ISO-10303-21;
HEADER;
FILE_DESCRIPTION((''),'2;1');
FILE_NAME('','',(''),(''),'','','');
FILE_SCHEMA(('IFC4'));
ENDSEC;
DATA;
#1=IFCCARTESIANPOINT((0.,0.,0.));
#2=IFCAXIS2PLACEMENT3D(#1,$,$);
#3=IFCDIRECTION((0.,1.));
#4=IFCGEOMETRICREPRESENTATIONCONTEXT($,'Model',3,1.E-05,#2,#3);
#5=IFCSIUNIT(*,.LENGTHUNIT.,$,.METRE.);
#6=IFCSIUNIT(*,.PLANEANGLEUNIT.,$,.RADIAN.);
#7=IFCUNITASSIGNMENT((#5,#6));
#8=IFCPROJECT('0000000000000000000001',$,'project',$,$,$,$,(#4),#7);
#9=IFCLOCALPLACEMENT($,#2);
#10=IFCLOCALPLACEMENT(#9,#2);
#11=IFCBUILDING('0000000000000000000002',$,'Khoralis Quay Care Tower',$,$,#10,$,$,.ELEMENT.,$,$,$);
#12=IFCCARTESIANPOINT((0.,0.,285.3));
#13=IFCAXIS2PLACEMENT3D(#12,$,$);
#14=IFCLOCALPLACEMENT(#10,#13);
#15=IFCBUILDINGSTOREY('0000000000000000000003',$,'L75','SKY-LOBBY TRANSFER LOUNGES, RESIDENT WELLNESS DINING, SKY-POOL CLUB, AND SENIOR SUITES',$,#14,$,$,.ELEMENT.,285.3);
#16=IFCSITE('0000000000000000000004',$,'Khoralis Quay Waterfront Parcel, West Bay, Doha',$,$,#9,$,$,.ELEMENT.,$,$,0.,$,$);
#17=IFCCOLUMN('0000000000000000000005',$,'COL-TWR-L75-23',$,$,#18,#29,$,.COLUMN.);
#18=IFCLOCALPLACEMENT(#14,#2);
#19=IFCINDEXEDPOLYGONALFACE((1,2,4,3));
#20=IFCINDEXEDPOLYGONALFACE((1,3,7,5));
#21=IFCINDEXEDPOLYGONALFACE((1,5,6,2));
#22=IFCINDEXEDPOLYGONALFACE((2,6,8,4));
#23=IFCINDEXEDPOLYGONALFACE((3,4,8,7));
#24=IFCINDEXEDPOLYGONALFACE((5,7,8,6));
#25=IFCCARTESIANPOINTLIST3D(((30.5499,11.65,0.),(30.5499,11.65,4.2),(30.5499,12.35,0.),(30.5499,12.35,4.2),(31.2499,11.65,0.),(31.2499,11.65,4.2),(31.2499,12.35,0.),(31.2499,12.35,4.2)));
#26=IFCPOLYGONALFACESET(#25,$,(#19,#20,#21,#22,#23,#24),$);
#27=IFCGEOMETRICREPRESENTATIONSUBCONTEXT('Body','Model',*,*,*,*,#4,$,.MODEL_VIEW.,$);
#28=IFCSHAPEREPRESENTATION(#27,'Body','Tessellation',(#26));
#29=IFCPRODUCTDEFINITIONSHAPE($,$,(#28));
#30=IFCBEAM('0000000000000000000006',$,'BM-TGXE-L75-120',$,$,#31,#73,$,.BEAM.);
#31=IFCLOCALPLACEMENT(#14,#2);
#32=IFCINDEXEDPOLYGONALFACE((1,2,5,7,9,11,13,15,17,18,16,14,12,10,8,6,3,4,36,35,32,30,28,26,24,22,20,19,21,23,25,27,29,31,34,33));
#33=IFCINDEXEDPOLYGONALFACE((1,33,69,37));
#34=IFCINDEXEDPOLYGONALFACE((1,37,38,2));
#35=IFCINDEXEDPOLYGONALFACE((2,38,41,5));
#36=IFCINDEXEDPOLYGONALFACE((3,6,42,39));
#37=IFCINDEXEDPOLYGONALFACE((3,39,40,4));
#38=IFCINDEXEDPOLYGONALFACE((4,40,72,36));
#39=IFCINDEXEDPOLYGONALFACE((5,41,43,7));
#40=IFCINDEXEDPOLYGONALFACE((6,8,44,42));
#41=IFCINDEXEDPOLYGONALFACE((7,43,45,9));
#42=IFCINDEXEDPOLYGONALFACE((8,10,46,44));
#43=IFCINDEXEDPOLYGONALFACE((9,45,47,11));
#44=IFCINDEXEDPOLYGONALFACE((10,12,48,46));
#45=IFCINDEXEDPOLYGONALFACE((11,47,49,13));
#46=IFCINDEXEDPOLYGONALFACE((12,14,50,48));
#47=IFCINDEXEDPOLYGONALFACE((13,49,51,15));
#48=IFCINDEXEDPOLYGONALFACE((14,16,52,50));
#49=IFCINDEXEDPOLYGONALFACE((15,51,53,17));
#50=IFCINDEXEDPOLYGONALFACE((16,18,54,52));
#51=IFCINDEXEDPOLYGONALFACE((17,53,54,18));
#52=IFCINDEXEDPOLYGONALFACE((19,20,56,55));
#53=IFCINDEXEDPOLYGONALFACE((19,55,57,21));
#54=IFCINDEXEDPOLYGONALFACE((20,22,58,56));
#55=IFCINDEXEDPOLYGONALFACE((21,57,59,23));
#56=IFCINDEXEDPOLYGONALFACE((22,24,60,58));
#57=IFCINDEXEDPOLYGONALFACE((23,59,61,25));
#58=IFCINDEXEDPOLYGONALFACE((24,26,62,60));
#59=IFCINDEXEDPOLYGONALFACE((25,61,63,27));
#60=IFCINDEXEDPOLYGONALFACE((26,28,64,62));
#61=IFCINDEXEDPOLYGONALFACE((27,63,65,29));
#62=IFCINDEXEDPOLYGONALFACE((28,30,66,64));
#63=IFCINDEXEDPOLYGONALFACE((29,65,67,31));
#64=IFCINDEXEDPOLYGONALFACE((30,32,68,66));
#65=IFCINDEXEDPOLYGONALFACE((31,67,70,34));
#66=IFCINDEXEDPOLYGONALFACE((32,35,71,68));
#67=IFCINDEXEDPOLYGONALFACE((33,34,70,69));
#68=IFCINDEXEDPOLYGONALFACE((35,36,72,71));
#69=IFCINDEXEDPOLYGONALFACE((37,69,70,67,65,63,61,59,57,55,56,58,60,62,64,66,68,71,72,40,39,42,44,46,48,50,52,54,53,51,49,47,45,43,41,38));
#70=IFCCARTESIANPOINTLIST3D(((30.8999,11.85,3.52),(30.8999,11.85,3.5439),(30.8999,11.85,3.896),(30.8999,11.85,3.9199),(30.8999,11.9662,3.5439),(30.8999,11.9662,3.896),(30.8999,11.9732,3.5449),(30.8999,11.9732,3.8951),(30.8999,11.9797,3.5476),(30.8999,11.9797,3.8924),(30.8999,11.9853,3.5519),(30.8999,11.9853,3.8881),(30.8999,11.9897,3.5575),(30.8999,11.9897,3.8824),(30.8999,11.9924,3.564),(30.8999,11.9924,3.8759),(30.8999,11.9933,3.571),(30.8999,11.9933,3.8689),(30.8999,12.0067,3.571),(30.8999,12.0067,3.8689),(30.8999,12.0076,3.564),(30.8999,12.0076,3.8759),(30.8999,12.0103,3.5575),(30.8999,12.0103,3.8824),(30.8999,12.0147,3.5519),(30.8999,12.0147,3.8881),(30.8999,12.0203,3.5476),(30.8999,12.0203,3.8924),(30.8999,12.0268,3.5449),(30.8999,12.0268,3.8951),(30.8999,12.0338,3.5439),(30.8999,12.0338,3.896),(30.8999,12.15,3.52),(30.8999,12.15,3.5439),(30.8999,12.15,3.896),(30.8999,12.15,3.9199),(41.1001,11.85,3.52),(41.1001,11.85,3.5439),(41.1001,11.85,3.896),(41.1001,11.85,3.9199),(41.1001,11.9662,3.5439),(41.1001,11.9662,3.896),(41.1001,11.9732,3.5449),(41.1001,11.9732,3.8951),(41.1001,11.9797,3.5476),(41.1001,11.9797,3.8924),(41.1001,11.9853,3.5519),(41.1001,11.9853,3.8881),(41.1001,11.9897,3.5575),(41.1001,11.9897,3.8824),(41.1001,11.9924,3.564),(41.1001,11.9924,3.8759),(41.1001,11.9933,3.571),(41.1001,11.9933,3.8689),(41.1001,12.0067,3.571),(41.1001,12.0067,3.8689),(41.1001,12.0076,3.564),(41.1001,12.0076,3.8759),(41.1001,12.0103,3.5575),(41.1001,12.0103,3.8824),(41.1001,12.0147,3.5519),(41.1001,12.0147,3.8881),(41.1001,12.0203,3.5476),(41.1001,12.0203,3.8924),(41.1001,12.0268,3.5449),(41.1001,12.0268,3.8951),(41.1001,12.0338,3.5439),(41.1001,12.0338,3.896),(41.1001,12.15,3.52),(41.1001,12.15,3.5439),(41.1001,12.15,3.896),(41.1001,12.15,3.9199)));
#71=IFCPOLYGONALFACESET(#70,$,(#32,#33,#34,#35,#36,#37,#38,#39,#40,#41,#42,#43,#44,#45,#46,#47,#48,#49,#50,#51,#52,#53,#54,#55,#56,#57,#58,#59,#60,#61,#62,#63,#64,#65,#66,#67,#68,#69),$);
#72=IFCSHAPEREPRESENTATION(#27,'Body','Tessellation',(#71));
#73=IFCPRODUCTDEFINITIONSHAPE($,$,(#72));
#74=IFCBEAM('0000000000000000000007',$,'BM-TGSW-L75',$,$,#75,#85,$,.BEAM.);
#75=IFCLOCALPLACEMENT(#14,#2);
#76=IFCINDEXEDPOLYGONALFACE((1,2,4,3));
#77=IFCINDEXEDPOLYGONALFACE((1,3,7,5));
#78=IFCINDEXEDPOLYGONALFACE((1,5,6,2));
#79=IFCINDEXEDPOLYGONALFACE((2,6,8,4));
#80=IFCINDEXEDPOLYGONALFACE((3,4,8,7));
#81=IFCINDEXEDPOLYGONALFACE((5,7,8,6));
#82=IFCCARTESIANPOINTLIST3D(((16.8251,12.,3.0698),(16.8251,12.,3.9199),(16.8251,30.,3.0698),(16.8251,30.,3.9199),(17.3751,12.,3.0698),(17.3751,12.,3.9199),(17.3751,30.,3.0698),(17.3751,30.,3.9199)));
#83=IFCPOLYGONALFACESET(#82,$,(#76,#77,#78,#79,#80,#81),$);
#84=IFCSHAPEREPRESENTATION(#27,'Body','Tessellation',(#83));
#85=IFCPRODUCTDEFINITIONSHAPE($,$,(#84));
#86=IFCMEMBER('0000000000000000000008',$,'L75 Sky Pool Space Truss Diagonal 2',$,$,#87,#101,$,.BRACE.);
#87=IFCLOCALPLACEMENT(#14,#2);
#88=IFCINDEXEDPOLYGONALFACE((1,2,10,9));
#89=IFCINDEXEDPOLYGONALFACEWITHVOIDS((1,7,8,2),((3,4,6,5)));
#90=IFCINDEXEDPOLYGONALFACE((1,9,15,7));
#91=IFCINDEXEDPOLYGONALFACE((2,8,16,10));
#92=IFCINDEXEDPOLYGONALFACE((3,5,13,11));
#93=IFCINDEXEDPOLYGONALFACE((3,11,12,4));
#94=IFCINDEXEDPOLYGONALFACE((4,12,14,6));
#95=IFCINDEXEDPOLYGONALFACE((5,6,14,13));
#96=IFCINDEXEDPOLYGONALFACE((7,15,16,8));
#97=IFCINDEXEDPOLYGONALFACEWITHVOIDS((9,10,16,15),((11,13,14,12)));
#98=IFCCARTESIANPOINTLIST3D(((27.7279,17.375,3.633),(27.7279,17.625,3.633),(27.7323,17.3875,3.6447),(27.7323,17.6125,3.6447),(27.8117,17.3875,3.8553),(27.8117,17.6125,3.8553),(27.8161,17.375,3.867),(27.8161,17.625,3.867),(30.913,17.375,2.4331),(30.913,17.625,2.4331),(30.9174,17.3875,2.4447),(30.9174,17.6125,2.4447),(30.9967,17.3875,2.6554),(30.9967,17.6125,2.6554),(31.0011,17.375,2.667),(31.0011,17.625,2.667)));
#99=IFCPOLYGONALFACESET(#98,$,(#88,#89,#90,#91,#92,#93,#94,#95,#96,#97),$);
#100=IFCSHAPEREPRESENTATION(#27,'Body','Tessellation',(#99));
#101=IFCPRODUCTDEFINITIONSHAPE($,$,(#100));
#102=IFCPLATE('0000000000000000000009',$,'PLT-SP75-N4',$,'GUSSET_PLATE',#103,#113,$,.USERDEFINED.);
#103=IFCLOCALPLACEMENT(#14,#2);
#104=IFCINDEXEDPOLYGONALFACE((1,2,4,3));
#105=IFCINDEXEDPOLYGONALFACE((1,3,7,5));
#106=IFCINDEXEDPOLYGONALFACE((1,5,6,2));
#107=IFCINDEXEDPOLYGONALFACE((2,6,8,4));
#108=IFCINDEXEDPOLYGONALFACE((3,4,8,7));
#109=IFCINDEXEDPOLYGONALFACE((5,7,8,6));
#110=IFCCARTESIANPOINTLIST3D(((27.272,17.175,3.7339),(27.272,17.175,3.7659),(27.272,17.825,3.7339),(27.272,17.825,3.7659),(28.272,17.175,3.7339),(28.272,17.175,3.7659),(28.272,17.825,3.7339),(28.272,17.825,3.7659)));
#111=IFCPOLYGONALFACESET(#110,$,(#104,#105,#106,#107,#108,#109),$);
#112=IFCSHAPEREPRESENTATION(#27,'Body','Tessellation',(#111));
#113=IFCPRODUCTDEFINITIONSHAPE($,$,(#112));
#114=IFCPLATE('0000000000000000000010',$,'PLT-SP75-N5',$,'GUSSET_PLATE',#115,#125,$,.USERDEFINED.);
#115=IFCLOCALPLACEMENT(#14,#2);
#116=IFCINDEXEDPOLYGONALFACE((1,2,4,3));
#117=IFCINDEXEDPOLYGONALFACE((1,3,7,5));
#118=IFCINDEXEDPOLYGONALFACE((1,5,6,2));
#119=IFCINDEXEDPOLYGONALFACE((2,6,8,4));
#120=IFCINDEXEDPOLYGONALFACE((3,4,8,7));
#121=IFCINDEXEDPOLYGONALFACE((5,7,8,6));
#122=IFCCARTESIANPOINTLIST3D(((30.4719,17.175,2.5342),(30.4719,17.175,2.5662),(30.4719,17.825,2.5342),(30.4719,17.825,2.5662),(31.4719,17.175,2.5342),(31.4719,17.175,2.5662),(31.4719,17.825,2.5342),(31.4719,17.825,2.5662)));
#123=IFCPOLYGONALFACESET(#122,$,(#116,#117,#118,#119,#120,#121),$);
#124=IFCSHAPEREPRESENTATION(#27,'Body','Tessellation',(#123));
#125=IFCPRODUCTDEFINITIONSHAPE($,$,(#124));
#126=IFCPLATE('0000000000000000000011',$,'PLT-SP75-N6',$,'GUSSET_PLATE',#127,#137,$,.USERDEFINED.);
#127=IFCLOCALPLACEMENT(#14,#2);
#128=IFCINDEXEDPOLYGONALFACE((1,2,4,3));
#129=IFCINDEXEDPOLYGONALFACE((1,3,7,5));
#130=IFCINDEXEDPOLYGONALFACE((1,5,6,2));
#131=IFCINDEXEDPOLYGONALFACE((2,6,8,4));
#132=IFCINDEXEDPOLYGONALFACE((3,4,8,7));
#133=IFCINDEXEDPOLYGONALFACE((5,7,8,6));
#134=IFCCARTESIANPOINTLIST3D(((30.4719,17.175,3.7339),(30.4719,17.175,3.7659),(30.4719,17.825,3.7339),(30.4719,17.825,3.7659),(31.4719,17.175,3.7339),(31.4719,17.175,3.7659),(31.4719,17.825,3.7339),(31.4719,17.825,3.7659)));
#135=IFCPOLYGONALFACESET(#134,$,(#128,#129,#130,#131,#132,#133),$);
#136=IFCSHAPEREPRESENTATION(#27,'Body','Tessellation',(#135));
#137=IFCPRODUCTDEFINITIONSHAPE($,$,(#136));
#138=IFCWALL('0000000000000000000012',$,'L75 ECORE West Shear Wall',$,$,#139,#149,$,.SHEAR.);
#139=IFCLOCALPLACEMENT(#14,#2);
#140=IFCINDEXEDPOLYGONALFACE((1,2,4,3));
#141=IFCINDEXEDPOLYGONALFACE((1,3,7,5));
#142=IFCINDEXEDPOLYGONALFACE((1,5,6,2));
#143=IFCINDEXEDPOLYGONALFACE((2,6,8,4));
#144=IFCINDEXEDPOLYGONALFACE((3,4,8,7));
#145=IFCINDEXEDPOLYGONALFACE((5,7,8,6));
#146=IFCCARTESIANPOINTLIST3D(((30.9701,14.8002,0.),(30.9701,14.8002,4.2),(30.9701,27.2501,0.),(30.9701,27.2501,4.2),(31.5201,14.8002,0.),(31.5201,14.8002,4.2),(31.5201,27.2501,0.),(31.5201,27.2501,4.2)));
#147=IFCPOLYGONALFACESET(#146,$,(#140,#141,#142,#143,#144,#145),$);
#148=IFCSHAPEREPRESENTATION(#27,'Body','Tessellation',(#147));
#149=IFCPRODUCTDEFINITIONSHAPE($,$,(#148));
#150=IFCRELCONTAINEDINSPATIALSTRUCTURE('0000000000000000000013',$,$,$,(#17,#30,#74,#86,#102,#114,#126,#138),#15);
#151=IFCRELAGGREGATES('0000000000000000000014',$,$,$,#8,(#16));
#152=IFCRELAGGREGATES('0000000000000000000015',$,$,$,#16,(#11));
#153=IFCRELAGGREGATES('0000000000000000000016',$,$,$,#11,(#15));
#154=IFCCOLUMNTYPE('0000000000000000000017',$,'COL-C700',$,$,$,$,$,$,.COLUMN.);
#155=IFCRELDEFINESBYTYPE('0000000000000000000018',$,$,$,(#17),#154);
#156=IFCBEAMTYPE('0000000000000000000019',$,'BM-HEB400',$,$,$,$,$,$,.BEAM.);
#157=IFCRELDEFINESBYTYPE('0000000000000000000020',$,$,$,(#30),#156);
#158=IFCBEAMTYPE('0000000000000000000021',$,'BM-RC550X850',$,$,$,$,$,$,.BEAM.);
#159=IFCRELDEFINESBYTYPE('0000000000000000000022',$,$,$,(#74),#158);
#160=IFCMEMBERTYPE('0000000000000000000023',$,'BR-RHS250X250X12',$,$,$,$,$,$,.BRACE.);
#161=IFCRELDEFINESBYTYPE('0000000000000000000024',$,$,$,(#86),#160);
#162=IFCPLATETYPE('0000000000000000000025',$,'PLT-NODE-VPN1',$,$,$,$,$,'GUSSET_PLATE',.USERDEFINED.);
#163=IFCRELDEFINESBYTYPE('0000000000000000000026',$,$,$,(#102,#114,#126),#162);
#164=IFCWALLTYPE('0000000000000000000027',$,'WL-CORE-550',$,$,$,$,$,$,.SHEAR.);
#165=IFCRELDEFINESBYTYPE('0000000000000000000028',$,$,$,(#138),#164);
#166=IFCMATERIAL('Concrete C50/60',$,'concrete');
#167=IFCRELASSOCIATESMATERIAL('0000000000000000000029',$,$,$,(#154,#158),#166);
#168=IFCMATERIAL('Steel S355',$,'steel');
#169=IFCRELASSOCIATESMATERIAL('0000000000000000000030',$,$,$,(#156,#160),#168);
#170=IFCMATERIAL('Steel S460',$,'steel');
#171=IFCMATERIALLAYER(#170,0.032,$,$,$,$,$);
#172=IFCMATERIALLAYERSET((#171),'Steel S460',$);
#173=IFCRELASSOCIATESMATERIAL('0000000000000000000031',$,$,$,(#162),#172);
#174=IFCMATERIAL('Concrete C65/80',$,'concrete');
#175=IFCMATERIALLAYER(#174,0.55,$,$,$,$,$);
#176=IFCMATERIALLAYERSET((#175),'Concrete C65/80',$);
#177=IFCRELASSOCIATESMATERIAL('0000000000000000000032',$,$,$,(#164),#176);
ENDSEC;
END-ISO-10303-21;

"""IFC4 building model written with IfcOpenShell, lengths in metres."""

from ifc_helpers import new_model, si_unit, direction, frame, frame_2d, origin, origin_2d, place, context, subcontext, project, spatial, rectangle, hollow_rectangle, i_section, extrude, source, transform, mapped, material, layer, layer_set, material_profile, profile_set, type_object, element, save


model = new_model("IFC4")

# Units and contexts
model_context = context("Model", 3, precision=1e-05, world=origin(), true_north=direction((0.0, 1.0)))
body_context = subcontext(model_context, "Body", "Model", "MODEL_VIEW")
ifc_project = project(units=[si_unit("LENGTHUNIT", "METRE"), si_unit("PLANEANGLEUNIT", "RADIAN")], contexts=[model_context])

# Site, building, storey
site_placement = place(None, origin())
site = spatial("IfcSite", under=ifc_project, at=site_placement, Name="Khoralis Quay Waterfront Parcel, West Bay, Doha", CompositionType="ELEMENT", RefElevation=0.0)
building_placement = place(site_placement, origin())
building = spatial("IfcBuilding", under=site, at=building_placement, Name="Khoralis Quay Care Tower", CompositionType="ELEMENT")
storey_placement = place(building_placement, frame((0.0, 0.0, 285.3)))
storey = spatial("IfcBuildingStorey", under=building, at=storey_placement, Name="L75", Description="SKY-LOBBY TRANSFER LOUNGES, RESIDENT WELLNESS DINING, SKY-POOL CLUB, AND SENIOR SUITES", CompositionType="ELEMENT", Elevation=285.3)

# Column
ifc_material_1 = material(Name="Concrete C50/60", Category="concrete")
ifc_material_profile_1 = material_profile(ifc_material_1, rectangle(XDim=0.7, YDim=0.7, at=origin_2d()), Name="Concrete C50/60")
ifc_profile_set_1 = profile_set([ifc_material_profile_1], Name="Concrete C50/60")
column_type = type_object("IfcColumnType", Name="COL-C700", PredefinedType="COLUMN", material=ifc_profile_set_1)
shared_shape_1 = source(origin(), body_context, "Body", "SweptSolid", [
    extrude(rectangle(XDim=0.7, YDim=0.7, at=origin_2d()), origin(), (0.0, 0.0, 1.0), 4.2),
])
column_placement = place(storey_placement, frame((30.8999, 12.0, 0.0), z_axis=(0.0, 0.0, 1.0), x_axis=(1.0, 0.0, 0.0)))
element("IfcColumn", 1, at=column_placement, inside=storey, type_object=column_type, Name="COL-TWR-L75-23", PredefinedType="COLUMN", context=body_context, shape_type="MappedRepresentation", body=[
    mapped(shared_shape_1, transform((0.0, 0.0, 0.0), scale=1.0)),
])

# Beams
ifc_material_2 = material(Name="Steel S355", Category="steel")
ifc_material_profile_2 = material_profile(ifc_material_2, i_section(OverallWidth=0.3, OverallDepth=0.3999, WebThickness=0.0134, FlangeThickness=0.0239, FilletRadius=0.0271, at=origin_2d()), Name="Steel S355")
ifc_profile_set_2 = profile_set([ifc_material_profile_2], Name="Steel S355")
beam_type_1 = type_object("IfcBeamType", Name="BM-HEB400", PredefinedType="BEAM", material=ifc_profile_set_2)
shared_shape_2 = source(origin(), body_context, "Body", "SweptSolid", [
    extrude(i_section(OverallWidth=0.3, OverallDepth=0.3999, WebThickness=0.0134, FlangeThickness=0.0239, FilletRadius=0.0271, at=origin_2d()), origin(), (0.0, 0.0, 1.0), 10.2002),
])
beam_1_placement = place(storey_placement, frame((30.8999, 12.0, 3.72), z_axis=(1.0, 0.0, 0.0), x_axis=(0.0, 1.0, 0.0)))
element("IfcBeam", 2, at=beam_1_placement, inside=storey, type_object=beam_type_1, Name="BM-TGXE-L75-120", PredefinedType="BEAM", context=body_context, shape_type="MappedRepresentation", body=[
    mapped(shared_shape_2, transform((0.0, 0.0, 0.0), scale=1.0)),
])
ifc_material_profile_3 = material_profile(ifc_material_1, rectangle(XDim=0.55, YDim=0.8501, at=origin_2d()), Name="Concrete C50/60")
ifc_profile_set_3 = profile_set([ifc_material_profile_3], Name="Concrete C50/60")
beam_type_2 = type_object("IfcBeamType", Name="BM-RC550X850", PredefinedType="BEAM", material=ifc_profile_set_3)
shared_shape_3 = source(origin(), body_context, "Body", "SweptSolid", [
    extrude(rectangle(XDim=0.55, YDim=0.8501, at=origin_2d()), origin(), (0.0, 0.0, 1.0), 18.0),
])
beam_2_placement = place(storey_placement, frame((17.1001, 12.0, 3.4949), z_axis=(0.0, 1.0, 0.0), x_axis=(-1.0, 0.0, 0.0)))
element("IfcBeam", 3, at=beam_2_placement, inside=storey, type_object=beam_type_2, Name="BM-TGSW-L75", PredefinedType="BEAM", context=body_context, shape_type="MappedRepresentation", body=[
    mapped(shared_shape_3, transform((0.0, 0.0, 0.0), scale=1.0)),
])

# Member
ifc_material_profile_4 = material_profile(ifc_material_2, hollow_rectangle(XDim=0.25, YDim=0.25, WallThickness=0.0125, at=origin_2d()), Name="Steel S355")
ifc_profile_set_4 = profile_set([ifc_material_profile_4], Name="Steel S355")
member_type = type_object("IfcMemberType", Name="BR-RHS250X250X12", PredefinedType="BRACE", material=ifc_profile_set_4)
shared_shape_4 = source(origin(), body_context, "Body", "SweptSolid", [
    extrude(hollow_rectangle(XDim=0.25, YDim=0.25, WallThickness=0.0125, at=origin_2d()), origin(), (0.0, 0.0, 1.0), 3.4036),
])
member_placement = place(storey_placement, frame((30.957, 17.5, 2.55), z_axis=(-0.935792, 0.0, 0.352554), x_axis=(0.0, -1.0, 0.0)))
element("IfcMember", 4, at=member_placement, inside=storey, type_object=member_type, Name="L75 Sky Pool Space Truss Diagonal 2", PredefinedType="BRACE", context=body_context, shape_type="MappedRepresentation", body=[
    mapped(shared_shape_4, transform((0.0, 0.0, 0.0), scale=1.0)),
])

# Plates
ifc_material_3 = material(Name="Steel S460", Category="steel")
ifc_layer_1 = layer(ifc_material_3, 0.032)
ifc_layer_set_1 = layer_set([ifc_layer_1], Name="Steel S460")
plate_type = type_object("IfcPlateType", Name="PLT-NODE-VPN1", ElementType="GUSSET_PLATE", PredefinedType="USERDEFINED", material=ifc_layer_set_1)
shared_shape_5 = source(origin(), body_context, "Body", "SweptSolid", [
    extrude(rectangle(XDim=1.0, YDim=0.6499, at=origin_2d()), origin(), (0.0, 0.0, 1.0), 0.032),
])
for number, where, z_axis, x_axis, name in (
    (5, (27.772, 17.5, 3.7339), (0.0, 0.0, 1.0), (1.0, 0.0, 0.0), "PLT-SP75-N4"),
    (6, (30.9719, 17.5, 2.5342), (0.0, 0.0, 1.0), (1.0, 0.0, 0.0), "PLT-SP75-N5"),
    (7, (30.9719, 17.5, 3.7339), (0.0, 0.0, 1.0), (1.0, 0.0, 0.0), "PLT-SP75-N6"),
):
    element("IfcPlate", number, at=place(storey_placement, frame(where, z_axis=z_axis, x_axis=x_axis)), inside=storey, type_object=plate_type, Name=name, ObjectType="GUSSET_PLATE", PredefinedType="USERDEFINED", context=body_context, shape_type="MappedRepresentation", body=[
        mapped(shared_shape_5, transform((0.0, 0.0, 0.0), scale=1.0)),
    ])

# Wall
ifc_material_4 = material(Name="Concrete C65/80", Category="concrete")
ifc_layer_2 = layer(ifc_material_4, 0.55)
ifc_layer_set_2 = layer_set([ifc_layer_2], Name="Concrete C65/80")
wall_type_1 = type_object("IfcWallType", Name="WL-CORE-550", PredefinedType="SHEAR", material=ifc_layer_set_2)
wall_1_placement = place(storey_placement, frame((31.2451, 14.8, 0.0), z_axis=(0.0, 0.0, 1.0), x_axis=(0.0, 1.0, 0.0)))
element("IfcWall", 8, at=wall_1_placement, inside=storey, type_object=wall_type_1, Name="L75 ECORE West Shear Wall", PredefinedType="SHEAR", context=body_context, shape_type="SweptSolid", body=[
    extrude(rectangle(XDim=12.45, YDim=0.55, at=frame_2d((6.2251, 0.0))), origin(), (0.0, 0.0, 1.0), 4.2),
])

save(model, "model.ifc")
